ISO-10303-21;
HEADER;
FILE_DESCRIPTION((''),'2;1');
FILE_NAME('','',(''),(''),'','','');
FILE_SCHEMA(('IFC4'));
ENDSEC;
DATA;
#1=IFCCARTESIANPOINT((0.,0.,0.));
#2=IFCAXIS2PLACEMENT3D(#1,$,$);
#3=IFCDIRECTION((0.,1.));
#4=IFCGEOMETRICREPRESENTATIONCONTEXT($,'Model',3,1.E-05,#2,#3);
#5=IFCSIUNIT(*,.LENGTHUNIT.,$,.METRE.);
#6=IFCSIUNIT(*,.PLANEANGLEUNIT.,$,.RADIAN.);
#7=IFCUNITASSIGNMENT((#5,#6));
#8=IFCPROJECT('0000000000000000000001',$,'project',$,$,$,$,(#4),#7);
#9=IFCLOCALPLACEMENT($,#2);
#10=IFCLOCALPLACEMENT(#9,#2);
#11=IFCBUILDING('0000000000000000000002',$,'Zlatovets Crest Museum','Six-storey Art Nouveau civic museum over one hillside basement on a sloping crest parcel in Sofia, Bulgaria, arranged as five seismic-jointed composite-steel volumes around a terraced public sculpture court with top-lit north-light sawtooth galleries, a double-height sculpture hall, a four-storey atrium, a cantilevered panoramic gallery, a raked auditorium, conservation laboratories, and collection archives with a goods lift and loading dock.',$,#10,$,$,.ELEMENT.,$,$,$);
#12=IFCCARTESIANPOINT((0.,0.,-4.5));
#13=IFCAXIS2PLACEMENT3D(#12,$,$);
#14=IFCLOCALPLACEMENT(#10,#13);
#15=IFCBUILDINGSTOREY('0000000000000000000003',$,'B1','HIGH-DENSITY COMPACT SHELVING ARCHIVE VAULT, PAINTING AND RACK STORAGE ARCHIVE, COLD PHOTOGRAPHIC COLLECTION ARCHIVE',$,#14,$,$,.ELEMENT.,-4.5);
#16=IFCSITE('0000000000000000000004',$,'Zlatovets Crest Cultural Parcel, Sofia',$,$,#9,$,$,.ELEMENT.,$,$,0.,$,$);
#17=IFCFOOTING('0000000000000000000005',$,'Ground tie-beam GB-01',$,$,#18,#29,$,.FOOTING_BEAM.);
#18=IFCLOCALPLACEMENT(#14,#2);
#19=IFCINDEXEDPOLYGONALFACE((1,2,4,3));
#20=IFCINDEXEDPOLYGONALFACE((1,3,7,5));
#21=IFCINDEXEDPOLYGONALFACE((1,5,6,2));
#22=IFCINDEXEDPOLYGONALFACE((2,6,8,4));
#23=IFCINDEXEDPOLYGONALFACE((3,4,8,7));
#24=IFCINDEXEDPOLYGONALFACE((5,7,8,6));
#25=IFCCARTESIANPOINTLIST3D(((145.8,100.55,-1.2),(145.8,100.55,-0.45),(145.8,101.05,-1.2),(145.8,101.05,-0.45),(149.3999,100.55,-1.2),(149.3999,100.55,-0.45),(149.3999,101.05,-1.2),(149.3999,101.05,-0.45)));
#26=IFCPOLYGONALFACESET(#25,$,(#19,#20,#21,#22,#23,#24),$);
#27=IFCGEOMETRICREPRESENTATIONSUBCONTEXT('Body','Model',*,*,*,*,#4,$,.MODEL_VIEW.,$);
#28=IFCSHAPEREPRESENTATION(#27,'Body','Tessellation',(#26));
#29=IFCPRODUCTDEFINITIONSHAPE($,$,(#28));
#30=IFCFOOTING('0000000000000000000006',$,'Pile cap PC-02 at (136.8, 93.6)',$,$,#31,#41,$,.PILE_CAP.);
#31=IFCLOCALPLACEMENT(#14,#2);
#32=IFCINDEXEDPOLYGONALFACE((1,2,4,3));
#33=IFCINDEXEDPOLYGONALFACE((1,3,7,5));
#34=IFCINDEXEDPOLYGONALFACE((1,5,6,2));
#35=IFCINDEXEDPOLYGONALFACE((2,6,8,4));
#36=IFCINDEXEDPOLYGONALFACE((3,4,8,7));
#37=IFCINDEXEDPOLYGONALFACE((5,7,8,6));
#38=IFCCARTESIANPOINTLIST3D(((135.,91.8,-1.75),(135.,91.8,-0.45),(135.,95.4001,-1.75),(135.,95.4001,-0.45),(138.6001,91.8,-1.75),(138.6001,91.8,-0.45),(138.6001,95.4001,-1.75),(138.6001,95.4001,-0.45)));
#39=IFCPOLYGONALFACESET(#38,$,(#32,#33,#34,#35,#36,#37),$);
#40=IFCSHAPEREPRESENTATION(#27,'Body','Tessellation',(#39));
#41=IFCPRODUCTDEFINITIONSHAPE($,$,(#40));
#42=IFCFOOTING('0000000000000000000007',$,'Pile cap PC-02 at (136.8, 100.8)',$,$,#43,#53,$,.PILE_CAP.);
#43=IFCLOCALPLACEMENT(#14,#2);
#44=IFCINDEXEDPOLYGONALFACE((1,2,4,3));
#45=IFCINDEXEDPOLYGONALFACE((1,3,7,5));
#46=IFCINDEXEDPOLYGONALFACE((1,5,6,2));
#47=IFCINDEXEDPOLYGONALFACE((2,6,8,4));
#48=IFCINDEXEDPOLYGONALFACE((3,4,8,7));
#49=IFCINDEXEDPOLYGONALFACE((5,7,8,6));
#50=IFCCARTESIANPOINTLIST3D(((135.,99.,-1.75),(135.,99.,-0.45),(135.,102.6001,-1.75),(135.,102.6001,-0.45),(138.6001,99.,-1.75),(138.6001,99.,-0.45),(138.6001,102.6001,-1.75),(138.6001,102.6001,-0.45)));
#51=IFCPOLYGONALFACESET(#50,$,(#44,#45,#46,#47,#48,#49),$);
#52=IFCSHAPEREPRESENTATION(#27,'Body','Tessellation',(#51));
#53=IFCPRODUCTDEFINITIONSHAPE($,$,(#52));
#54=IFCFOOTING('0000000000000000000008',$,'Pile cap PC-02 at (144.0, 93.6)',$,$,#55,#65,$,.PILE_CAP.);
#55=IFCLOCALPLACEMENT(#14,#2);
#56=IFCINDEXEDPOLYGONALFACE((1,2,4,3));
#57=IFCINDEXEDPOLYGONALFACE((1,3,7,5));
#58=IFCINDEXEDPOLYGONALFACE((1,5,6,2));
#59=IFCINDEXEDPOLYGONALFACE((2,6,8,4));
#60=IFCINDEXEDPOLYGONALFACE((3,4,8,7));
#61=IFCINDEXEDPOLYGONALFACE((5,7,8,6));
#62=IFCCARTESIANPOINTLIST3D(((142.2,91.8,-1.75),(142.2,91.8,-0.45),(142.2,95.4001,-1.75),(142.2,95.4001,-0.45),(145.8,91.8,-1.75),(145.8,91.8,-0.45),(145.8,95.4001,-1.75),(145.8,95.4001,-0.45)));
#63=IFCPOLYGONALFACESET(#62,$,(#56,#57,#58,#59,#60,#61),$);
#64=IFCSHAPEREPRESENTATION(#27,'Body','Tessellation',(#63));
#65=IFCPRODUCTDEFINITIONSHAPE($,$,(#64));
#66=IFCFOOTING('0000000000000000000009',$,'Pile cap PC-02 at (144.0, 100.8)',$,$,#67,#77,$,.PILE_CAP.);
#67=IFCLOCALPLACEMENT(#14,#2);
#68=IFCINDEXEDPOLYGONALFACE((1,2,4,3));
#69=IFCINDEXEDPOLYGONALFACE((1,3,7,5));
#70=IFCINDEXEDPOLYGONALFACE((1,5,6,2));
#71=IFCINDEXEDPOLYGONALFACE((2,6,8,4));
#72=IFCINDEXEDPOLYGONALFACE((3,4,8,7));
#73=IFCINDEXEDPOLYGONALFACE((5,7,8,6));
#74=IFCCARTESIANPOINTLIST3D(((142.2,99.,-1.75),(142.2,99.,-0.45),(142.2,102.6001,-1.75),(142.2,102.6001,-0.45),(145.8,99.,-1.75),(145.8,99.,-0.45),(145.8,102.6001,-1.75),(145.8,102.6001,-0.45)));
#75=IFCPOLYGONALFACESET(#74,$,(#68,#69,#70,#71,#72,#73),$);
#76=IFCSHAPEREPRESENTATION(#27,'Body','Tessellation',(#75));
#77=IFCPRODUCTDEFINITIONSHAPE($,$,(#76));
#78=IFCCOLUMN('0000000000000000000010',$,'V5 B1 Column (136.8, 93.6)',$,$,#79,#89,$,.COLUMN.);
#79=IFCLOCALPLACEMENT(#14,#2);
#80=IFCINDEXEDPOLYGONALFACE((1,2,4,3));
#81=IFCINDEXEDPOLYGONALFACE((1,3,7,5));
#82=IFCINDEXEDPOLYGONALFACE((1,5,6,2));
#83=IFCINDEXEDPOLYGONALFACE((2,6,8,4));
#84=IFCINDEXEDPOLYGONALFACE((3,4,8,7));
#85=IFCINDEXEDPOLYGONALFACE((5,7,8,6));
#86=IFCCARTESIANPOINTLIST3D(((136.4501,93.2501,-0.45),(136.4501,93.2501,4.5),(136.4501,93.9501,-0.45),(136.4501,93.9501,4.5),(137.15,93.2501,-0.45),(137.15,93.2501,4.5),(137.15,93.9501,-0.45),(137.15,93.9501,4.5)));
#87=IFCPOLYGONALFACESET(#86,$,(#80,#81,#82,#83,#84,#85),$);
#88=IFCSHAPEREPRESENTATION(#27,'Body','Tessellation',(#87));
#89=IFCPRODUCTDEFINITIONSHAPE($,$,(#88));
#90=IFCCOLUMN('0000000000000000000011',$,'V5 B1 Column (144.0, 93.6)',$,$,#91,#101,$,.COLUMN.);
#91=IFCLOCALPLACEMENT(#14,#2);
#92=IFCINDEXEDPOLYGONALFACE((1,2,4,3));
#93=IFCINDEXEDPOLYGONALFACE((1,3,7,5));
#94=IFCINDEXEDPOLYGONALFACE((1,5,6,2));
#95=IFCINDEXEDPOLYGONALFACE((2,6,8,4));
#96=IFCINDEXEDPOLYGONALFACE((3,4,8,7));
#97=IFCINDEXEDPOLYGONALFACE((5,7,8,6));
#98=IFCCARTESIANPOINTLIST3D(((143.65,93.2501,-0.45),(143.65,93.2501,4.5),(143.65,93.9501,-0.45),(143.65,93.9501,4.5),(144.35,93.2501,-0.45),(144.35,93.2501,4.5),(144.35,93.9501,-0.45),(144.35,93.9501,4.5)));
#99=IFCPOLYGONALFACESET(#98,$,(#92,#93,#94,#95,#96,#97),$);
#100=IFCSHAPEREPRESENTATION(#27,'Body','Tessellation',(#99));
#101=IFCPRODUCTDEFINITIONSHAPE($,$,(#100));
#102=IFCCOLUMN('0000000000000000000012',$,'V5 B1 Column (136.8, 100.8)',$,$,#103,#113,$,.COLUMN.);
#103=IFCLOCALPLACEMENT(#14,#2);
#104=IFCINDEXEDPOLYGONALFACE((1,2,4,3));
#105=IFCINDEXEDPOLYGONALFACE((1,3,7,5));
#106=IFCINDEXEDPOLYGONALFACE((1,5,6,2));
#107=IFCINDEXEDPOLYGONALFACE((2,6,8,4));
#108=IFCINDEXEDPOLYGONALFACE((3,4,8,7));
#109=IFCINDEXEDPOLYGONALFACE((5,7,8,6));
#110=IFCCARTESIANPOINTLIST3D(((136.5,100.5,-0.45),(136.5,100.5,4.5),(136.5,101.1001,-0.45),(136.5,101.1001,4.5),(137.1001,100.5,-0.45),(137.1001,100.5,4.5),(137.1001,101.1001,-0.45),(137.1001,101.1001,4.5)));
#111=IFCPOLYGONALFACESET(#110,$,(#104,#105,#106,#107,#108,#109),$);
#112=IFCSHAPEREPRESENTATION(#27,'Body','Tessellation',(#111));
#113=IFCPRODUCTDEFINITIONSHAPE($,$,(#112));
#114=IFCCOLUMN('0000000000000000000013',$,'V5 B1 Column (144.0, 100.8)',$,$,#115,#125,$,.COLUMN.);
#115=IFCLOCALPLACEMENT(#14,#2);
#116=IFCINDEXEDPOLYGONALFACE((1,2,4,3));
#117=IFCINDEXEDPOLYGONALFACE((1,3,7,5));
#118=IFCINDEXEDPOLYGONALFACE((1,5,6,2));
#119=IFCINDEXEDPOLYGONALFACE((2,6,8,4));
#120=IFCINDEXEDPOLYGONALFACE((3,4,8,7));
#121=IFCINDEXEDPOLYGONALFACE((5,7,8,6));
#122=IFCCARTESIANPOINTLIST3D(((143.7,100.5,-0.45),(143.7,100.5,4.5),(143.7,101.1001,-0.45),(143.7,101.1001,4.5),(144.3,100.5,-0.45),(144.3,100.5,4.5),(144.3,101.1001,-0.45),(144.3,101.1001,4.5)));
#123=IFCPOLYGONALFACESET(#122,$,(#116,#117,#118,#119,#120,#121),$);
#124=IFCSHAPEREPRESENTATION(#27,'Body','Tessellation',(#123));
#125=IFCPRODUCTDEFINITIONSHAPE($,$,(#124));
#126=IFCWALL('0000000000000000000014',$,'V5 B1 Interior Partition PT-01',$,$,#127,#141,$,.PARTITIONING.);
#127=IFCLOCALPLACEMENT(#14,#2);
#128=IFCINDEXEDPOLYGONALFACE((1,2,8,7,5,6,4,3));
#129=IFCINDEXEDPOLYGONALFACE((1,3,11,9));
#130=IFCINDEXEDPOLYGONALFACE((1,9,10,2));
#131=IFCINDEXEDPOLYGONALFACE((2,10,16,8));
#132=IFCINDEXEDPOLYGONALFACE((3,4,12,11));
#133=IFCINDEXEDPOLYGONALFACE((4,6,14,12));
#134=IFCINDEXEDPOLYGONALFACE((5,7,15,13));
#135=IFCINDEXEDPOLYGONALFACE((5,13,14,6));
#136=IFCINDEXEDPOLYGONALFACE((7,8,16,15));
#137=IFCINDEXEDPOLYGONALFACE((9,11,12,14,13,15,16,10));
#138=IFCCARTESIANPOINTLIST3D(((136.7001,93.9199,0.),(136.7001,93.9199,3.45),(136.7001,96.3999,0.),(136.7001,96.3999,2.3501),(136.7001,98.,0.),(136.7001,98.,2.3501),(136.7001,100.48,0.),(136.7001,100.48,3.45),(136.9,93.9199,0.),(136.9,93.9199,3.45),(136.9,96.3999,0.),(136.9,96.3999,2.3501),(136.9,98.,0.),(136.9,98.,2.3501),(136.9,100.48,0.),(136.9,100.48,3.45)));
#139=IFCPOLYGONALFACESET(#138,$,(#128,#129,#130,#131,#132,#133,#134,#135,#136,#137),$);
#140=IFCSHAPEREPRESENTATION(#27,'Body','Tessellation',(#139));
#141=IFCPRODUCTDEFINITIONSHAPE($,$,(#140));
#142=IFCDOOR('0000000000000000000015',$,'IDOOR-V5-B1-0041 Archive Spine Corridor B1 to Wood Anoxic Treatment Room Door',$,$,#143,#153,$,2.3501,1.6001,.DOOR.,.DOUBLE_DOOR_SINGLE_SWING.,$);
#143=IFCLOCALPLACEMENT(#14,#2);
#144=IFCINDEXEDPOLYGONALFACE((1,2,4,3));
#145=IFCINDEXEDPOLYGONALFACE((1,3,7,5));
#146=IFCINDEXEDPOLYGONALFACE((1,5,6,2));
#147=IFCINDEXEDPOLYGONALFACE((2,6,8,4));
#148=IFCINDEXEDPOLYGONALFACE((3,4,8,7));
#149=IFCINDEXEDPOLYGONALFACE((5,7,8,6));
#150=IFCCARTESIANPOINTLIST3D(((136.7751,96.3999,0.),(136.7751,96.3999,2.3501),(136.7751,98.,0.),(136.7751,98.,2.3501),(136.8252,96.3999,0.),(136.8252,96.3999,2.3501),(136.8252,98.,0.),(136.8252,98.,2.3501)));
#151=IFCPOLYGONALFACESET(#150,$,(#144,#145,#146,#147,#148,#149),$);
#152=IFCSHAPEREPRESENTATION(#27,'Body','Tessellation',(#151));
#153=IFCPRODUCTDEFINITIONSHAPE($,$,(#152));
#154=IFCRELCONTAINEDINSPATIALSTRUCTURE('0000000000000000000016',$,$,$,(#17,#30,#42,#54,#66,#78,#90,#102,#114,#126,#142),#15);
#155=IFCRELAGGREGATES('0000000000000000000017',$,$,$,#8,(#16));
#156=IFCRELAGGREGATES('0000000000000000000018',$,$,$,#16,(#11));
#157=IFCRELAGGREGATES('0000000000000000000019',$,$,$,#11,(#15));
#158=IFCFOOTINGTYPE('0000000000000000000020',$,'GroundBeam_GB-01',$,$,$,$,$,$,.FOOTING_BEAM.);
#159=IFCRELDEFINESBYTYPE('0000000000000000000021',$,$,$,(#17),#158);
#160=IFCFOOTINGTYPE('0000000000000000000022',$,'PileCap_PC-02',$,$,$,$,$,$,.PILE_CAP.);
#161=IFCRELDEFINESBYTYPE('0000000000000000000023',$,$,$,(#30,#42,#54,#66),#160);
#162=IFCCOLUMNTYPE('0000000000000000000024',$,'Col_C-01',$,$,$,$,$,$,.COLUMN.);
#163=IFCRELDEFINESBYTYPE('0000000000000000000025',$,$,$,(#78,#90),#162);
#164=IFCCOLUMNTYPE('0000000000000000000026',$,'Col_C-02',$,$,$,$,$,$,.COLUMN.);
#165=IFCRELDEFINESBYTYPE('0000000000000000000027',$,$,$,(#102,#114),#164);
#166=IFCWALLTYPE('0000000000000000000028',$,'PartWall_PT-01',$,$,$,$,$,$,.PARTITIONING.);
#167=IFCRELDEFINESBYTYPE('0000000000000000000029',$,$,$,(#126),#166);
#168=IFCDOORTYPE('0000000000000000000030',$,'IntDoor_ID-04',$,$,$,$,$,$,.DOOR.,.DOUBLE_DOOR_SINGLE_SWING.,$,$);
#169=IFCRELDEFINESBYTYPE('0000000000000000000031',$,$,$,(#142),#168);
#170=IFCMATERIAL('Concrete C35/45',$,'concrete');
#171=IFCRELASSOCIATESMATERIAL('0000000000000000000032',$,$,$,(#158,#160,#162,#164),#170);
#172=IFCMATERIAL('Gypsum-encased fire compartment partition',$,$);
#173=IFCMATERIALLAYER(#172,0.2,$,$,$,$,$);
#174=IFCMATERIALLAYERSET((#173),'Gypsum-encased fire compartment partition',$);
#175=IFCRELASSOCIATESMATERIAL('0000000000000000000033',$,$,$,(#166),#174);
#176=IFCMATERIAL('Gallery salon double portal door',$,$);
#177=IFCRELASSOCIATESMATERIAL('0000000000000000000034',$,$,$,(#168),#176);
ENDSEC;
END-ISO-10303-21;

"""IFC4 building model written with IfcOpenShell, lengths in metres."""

from ifc_helpers import new_model, si_unit, direction, frame, frame_2d, origin, origin_2d, place, context, subcontext, project, spatial, rectangle, extrude, material, layer, layer_set, material_profile, profile_set, type_object, element, fill, save


model = new_model("IFC4")

# Units and contexts
model_context = context("Model", 3, precision=1e-05, world=origin(), true_north=direction((0.0, 1.0)))
body_context = subcontext(model_context, "Body", "Model", "MODEL_VIEW")
ifc_project = project(units=[si_unit("LENGTHUNIT", "METRE"), si_unit("PLANEANGLEUNIT", "RADIAN")], contexts=[model_context])

# Site, building, storey
site_placement = place(None, origin())
site = spatial("IfcSite", under=ifc_project, at=site_placement, Name="Zlatovets Crest Cultural Parcel, Sofia", CompositionType="ELEMENT", RefElevation=0.0)
building_placement = place(site_placement, origin())
building = spatial("IfcBuilding", under=site, at=building_placement, Name="Zlatovets Crest Museum", Description="Six-storey Art Nouveau civic museum over one hillside basement on a sloping crest parcel in Sofia, Bulgaria, arranged as five seismic-jointed composite-steel volumes around a terraced public sculpture court with top-lit north-light sawtooth galleries, a double-height sculpture hall, a four-storey atrium, a cantilevered panoramic gallery, a raked auditorium, conservation laboratories, and collection archives with a goods lift and loading dock.", CompositionType="ELEMENT")
storey_placement = place(building_placement, frame((0.0, 0.0, -4.5)))
storey = spatial("IfcBuildingStorey", under=building, at=storey_placement, Name="B1", Description="HIGH-DENSITY COMPACT SHELVING ARCHIVE VAULT, PAINTING AND RACK STORAGE ARCHIVE, COLD PHOTOGRAPHIC COLLECTION ARCHIVE", CompositionType="ELEMENT", Elevation=-4.5)

# Shared definitions
ifc_material_1 = material(Name="Concrete C35/45", Category="concrete")

# Footings
ifc_material_profile_1 = material_profile(ifc_material_1, rectangle(XDim=0.5, YDim=0.75, at=origin_2d()), Name="RC 500x750")
ifc_profile_set_1 = profile_set([ifc_material_profile_1], Name="Concrete C35/45")
footing_type_1 = type_object("IfcFootingType", Name="GroundBeam_GB-01", PredefinedType="FOOTING_BEAM", material=ifc_profile_set_1)
for number, where, z_axis, x_axis, name in (
    (1, (145.8, 100.8, -0.825), (1.0, 0.0, 0.0), (0.0, 1.0, 0.0), "Ground tie-beam GB-01"),
):
    element("IfcFooting", number, at=place(storey_placement, frame(where, z_axis=z_axis, x_axis=x_axis)), inside=storey, type_object=footing_type_1, Name=name, PredefinedType="FOOTING_BEAM", context=body_context, shape_type="SweptSolid", body=[
        extrude(rectangle(XDim=0.5, YDim=0.75, at=origin_2d()), origin(), (0.0, 0.0, 1.0), 3.5999),
    ])
footing_type_2 = type_object("IfcFootingType", Name="PileCap_PC-02", PredefinedType="PILE_CAP", material=ifc_material_1)
for number, where, z_axis, x_axis, name in (
    (2, (136.8, 93.6001, -1.75), (0.0, 0.0, 1.0), (1.0, 0.0, 0.0), "Pile cap PC-02 at (136.8, 93.6)"),
    (3, (136.8, 100.8, -1.75), (0.0, 0.0, 1.0), (1.0, 0.0, 0.0), "Pile cap PC-02 at (136.8, 100.8)"),
    (4, (144.0, 93.6001, -1.75), (0.0, 0.0, 1.0), (1.0, 0.0, 0.0), "Pile cap PC-02 at (144.0, 93.6)"),
    (5, (144.0, 100.8, -1.75), (0.0, 0.0, 1.0), (1.0, 0.0, 0.0), "Pile cap PC-02 at (144.0, 100.8)"),
):
    element("IfcFooting", number, at=place(storey_placement, frame(where, z_axis=z_axis, x_axis=x_axis)), inside=storey, type_object=footing_type_2, Name=name, PredefinedType="PILE_CAP", context=body_context, shape_type="SweptSolid", body=[
        extrude(rectangle(XDim=3.6001, YDim=3.6001, at=origin_2d()), origin(), (0.0, 0.0, 1.0), 1.3),
    ])

# Columns
ifc_material_profile_2 = material_profile(ifc_material_1, rectangle(XDim=0.7, YDim=0.7, at=origin_2d()), Name="RC 700x700")
ifc_profile_set_2 = profile_set([ifc_material_profile_2], Name="Concrete C35/45")
column_type_1 = type_object("IfcColumnType", Name="Col_C-01", PredefinedType="COLUMN", material=ifc_profile_set_2)
for number, where, z_axis, x_axis, name in (
    (6, (136.8, 93.6001, -0.45), (0.0, 0.0, 1.0), (1.0, 0.0, 0.0), "V5 B1 Column (136.8, 93.6)"),
    (7, (144.0, 93.6001, -0.45), (0.0, 0.0, 1.0), (0.0, 1.0, 0.0), "V5 B1 Column (144.0, 93.6)"),
):
    element("IfcColumn", number, at=place(storey_placement, frame(where, z_axis=z_axis, x_axis=x_axis)), inside=storey, type_object=column_type_1, Name=name, PredefinedType="COLUMN", context=body_context, shape_type="SweptSolid", body=[
        extrude(rectangle(XDim=0.7, YDim=0.7, at=origin_2d()), origin(), (0.0, 0.0, 1.0), 4.95),
    ])
ifc_material_profile_3 = material_profile(ifc_material_1, rectangle(XDim=0.6001, YDim=0.6001, at=origin_2d()), Name="RC 600x600")
ifc_profile_set_3 = profile_set([ifc_material_profile_3], Name="Concrete C35/45")
column_type_2 = type_object("IfcColumnType", Name="Col_C-02", PredefinedType="COLUMN", material=ifc_profile_set_3)
for number, where, z_axis, x_axis, name in (
    (8, (136.8, 100.8, -0.45), (0.0, 0.0, 1.0), (0.0, 1.0, 0.0), "V5 B1 Column (136.8, 100.8)"),
    (9, (144.0, 100.8, -0.45), (0.0, 0.0, 1.0), (1.0, 0.0, 0.0), "V5 B1 Column (144.0, 100.8)"),
):
    element("IfcColumn", number, at=place(storey_placement, frame(where, z_axis=z_axis, x_axis=x_axis)), inside=storey, type_object=column_type_2, Name=name, PredefinedType="COLUMN", context=body_context, shape_type="SweptSolid", body=[
        extrude(rectangle(XDim=0.6001, YDim=0.6001, at=origin_2d()), origin(), (0.0, 0.0, 1.0), 4.95),
    ])

# Wall, opening, door
ifc_material_2 = material(Name="Gypsum-encased fire compartment partition")
ifc_layer = layer(ifc_material_2, 0.2)
ifc_layer_set = layer_set([ifc_layer], Name="Gypsum-encased fire compartment partition")
wall_type = type_object("IfcWallType", Name="PartWall_PT-01", PredefinedType="PARTITIONING", material=ifc_layer_set)
wall_placement = place(storey_placement, frame((136.8, 93.9199, 0.0), z_axis=(0.0, 0.0, 1.0), x_axis=(0.0, 1.0, 0.0)))
wall = element("IfcWall", 10, at=wall_placement, inside=storey, type_object=wall_type, Name="V5 B1 Interior Partition PT-01", PredefinedType="PARTITIONING", context=body_context, shape_type="SweptSolid", body=[
    extrude(rectangle(XDim=6.5601, YDim=0.2, at=frame_2d((3.28, 0.0))), origin(), (0.0, 0.0, 1.0), 3.45),
])
opening_placement = place(wall_placement, frame((2.48, 0.0, 0.0)))
opening = element("IfcOpeningElement", 11, at=opening_placement, cuts=wall, PredefinedType="OPENING", context=body_context, shape_type="SweptSolid", body=[
    extrude(rectangle(XDim=1.6001, YDim=2.3501, at=frame_2d((0.8, 1.175))), frame((0.0, 0.1099, 0.0), z_axis=(0.0, -1.0, 0.0), x_axis=(1.0, 0.0, 0.0)), (0.0, 0.0, 1.0), 0.22),
])
ifc_material_3 = material(Name="Gallery salon double portal door")
door_type = type_object("IfcDoorType", Name="IntDoor_ID-04", OperationType="DOUBLE_DOOR_SINGLE_SWING", PredefinedType="DOOR", material=ifc_material_3)
door_placement = place(opening_placement, origin())
door = element("IfcDoor", 12, at=door_placement, inside=storey, type_object=door_type, Name="IDOOR-V5-B1-0041 Archive Spine Corridor B1 to Wood Anoxic Treatment Room Door", OperationType="DOUBLE_DOOR_SINGLE_SWING", OverallHeight=2.3501, OverallWidth=1.6001, PredefinedType="DOOR", context=body_context, shape_type="SweptSolid", body=[
    extrude(rectangle(XDim=1.6001, YDim=2.3501, at=frame_2d((0.8, 1.175))), frame((0.0, 0.0249, 0.0), z_axis=(0.0, -1.0, 0.0), x_axis=(1.0, 0.0, 0.0)), (0.0, 0.0, 1.0), 0.05),
])
fill(opening, door)

save(model, "model.ifc")
